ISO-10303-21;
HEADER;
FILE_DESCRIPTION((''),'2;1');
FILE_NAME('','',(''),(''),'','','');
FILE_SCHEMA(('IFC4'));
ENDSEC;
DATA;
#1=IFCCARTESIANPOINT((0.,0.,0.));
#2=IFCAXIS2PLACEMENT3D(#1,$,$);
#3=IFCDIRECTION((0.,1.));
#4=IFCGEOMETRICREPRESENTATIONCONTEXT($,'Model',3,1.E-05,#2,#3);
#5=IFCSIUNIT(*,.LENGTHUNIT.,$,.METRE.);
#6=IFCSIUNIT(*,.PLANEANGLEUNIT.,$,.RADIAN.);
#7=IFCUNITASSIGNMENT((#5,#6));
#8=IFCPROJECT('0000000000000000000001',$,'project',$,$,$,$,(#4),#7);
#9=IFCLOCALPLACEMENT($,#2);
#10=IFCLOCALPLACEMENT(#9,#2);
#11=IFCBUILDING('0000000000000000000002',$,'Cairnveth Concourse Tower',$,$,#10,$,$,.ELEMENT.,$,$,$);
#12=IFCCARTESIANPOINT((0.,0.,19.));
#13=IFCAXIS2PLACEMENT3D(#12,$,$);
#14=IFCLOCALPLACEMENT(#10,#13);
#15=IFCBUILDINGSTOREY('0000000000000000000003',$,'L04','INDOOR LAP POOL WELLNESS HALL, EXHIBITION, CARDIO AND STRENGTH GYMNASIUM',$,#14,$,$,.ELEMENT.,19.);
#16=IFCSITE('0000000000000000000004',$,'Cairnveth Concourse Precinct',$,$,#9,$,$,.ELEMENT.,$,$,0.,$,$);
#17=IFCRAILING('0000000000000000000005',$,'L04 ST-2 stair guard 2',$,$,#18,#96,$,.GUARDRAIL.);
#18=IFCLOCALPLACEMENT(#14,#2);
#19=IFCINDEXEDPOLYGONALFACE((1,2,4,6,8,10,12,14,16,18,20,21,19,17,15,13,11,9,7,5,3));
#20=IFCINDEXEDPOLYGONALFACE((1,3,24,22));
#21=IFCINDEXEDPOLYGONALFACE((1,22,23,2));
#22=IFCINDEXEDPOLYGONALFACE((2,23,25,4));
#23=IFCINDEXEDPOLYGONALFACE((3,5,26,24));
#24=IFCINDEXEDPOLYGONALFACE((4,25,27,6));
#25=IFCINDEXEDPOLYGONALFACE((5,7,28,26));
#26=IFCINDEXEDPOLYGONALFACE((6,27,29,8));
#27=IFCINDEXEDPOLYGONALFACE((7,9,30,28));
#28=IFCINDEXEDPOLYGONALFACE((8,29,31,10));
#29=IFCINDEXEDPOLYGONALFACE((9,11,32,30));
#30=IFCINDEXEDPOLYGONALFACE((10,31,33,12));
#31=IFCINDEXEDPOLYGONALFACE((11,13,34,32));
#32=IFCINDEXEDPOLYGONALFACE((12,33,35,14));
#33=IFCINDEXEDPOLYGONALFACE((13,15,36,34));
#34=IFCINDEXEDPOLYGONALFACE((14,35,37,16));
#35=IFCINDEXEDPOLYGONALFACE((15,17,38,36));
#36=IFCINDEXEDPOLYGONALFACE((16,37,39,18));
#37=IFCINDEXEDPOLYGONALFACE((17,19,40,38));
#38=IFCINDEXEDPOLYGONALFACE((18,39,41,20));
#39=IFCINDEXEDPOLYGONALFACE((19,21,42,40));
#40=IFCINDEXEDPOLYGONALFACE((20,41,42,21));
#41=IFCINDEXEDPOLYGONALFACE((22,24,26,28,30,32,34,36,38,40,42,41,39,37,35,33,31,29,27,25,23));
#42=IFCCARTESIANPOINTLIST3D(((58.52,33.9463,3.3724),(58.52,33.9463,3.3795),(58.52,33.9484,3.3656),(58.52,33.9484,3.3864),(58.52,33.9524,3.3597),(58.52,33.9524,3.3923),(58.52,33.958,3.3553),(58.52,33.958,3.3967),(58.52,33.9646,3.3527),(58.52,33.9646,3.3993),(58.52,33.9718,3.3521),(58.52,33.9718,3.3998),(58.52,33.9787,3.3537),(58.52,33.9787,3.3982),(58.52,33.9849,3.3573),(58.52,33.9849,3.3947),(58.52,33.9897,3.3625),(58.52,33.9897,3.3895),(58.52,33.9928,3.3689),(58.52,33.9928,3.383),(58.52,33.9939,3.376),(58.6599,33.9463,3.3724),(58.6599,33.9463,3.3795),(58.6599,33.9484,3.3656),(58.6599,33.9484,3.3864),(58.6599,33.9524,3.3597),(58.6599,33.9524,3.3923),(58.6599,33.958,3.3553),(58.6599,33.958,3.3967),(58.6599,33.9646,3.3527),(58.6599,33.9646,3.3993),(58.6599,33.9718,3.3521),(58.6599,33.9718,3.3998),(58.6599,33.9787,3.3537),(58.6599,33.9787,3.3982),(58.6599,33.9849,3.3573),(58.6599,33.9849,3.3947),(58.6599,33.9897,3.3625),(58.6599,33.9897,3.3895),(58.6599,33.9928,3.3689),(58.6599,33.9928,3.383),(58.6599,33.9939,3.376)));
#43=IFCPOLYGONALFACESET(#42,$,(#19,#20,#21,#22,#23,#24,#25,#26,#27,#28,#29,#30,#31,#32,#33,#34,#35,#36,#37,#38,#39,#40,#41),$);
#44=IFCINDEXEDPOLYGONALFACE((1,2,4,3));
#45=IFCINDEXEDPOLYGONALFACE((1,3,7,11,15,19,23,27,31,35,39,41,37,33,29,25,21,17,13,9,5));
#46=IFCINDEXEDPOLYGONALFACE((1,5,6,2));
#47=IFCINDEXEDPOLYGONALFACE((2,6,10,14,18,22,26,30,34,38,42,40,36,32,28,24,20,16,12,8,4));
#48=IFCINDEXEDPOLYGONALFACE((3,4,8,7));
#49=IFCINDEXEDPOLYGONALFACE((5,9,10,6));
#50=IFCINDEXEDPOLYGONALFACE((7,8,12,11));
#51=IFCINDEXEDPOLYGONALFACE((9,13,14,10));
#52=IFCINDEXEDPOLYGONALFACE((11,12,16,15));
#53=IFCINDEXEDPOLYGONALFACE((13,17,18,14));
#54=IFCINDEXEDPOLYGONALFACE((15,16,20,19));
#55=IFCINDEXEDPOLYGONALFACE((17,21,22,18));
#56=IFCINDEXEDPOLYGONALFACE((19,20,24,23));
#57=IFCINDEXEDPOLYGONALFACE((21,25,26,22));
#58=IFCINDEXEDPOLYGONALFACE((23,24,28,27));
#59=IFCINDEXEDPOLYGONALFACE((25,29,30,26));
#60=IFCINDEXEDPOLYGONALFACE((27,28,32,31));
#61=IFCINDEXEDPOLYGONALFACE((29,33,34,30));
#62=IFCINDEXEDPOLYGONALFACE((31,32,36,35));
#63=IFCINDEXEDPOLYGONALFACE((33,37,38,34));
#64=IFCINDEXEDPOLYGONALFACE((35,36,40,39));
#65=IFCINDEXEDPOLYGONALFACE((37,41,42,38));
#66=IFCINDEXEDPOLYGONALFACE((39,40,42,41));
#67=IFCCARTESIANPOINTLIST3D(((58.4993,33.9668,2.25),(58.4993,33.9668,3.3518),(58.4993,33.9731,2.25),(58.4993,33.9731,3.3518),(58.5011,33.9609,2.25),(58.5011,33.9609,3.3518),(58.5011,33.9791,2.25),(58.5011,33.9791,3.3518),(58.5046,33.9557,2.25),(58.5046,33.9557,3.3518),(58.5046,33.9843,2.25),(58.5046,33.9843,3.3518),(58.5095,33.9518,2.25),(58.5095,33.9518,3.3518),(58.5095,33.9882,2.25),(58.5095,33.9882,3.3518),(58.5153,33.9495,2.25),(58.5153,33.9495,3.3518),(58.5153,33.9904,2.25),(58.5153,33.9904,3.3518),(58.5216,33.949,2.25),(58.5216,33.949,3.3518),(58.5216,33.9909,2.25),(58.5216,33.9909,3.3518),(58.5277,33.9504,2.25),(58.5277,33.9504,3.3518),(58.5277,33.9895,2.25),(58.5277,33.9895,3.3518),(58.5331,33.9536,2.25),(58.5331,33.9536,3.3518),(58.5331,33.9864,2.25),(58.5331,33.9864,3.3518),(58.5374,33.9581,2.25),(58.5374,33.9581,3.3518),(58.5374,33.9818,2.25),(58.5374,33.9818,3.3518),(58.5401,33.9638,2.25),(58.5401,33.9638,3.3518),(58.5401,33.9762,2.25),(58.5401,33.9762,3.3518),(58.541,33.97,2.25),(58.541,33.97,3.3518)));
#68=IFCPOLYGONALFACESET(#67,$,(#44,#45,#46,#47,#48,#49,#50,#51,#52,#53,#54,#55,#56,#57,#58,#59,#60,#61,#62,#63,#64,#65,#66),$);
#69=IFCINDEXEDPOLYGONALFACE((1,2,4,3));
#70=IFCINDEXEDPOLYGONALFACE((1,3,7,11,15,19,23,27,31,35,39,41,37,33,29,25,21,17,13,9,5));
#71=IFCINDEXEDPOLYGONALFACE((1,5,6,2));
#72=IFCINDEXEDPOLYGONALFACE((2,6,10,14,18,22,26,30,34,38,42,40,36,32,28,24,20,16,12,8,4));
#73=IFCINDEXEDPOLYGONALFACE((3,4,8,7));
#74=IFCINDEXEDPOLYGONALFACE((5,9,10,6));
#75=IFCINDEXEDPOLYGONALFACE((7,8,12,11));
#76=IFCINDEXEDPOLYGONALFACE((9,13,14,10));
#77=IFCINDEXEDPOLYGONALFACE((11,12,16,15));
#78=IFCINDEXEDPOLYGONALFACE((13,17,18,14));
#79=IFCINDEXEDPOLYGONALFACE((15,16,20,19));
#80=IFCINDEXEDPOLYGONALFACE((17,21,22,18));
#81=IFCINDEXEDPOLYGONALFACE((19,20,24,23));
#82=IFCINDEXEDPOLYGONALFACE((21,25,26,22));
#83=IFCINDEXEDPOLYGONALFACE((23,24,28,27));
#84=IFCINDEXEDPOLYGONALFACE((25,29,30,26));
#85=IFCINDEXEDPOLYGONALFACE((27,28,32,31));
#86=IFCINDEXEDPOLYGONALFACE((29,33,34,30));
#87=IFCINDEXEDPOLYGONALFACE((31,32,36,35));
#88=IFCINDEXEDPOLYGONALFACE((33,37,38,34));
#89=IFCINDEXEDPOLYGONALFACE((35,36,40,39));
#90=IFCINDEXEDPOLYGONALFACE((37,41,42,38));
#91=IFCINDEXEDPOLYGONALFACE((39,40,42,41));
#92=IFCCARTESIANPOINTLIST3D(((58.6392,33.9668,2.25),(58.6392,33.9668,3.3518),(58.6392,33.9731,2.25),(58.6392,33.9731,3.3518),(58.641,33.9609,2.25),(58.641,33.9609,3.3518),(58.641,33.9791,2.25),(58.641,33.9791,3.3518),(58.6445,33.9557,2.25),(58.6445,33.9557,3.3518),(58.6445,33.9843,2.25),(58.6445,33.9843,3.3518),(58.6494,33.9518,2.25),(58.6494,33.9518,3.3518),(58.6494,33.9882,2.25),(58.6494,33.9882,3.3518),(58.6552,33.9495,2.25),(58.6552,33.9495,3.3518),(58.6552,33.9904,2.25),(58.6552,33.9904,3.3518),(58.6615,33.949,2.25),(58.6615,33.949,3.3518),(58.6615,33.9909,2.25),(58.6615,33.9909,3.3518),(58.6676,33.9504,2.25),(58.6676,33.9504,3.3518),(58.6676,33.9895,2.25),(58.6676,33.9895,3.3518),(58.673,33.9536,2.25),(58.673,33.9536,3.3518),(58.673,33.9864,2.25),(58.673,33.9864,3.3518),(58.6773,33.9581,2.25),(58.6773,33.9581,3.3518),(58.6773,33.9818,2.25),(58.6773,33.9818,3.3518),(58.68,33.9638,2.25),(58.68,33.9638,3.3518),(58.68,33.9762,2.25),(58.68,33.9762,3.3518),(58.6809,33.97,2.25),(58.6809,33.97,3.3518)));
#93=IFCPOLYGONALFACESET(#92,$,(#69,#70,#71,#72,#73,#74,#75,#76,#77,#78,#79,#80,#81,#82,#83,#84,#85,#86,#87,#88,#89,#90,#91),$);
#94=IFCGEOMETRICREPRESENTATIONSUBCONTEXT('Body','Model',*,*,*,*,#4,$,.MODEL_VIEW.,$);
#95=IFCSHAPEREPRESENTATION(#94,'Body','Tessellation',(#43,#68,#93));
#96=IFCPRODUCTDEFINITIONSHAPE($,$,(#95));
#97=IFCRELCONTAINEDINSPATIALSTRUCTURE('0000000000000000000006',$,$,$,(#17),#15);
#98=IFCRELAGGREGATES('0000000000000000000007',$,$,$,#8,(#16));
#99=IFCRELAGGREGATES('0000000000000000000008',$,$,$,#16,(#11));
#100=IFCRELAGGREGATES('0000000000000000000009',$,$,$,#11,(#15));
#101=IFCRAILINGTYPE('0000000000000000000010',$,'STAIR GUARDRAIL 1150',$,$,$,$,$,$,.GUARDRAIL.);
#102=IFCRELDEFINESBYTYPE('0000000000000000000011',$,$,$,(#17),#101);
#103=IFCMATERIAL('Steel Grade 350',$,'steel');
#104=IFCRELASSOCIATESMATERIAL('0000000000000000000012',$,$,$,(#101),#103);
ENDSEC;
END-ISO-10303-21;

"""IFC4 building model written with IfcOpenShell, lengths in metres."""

from ifc_helpers import new_model, si_unit, direction, frame, origin, origin_2d, place, context, subcontext, project, spatial, circle, extrude, material, type_object, element, save


model = new_model("IFC4")

# Units and contexts
model_context = context("Model", 3, precision=1e-05, world=origin(), true_north=direction((0.0, 1.0)))
body_context = subcontext(model_context, "Body", "Model", "MODEL_VIEW")
ifc_project = project(units=[si_unit("LENGTHUNIT", "METRE"), si_unit("PLANEANGLEUNIT", "RADIAN")], contexts=[model_context])

# Site, building, storey
site_placement = place(None, origin())
site = spatial("IfcSite", under=ifc_project, at=site_placement, Name="Cairnveth Concourse Precinct", CompositionType="ELEMENT", RefElevation=0.0)
building_placement = place(site_placement, origin())
building = spatial("IfcBuilding", under=site, at=building_placement, Name="Cairnveth Concourse Tower", CompositionType="ELEMENT")
storey_placement = place(building_placement, frame((0.0, 0.0, 19.0)))
storey = spatial("IfcBuildingStorey", under=building, at=storey_placement, Name="L04", Description="INDOOR LAP POOL WELLNESS HALL, EXHIBITION, CARDIO AND STRENGTH GYMNASIUM", CompositionType="ELEMENT", Elevation=19.0)

# Shared definitions
ifc_material_1 = material(Name="Steel Grade 350", Category="steel")

# Railing
railing_type_1 = type_object("IfcRailingType", Name="STAIR GUARDRAIL 1150", PredefinedType="GUARDRAIL", material=ifc_material_1)
railing_1_placement = place(storey_placement, frame((58.52, 33.97, 2.25)))
element("IfcRailing", 1, at=railing_1_placement, inside=storey, type_object=railing_type_1, Name="L04 ST-2 stair guard 2", PredefinedType="GUARDRAIL", context=body_context, shape_type="SweptSolid", body=[
    extrude(circle(Radius=0.0239, at=origin_2d()), frame((0.0, 0.0, 1.126), z_axis=(1.0, 0.0, 0.0), x_axis=(0.0, 1.0, 0.0)), (0.0, 0.0, 1.0), 0.1399),
    extrude(circle(Radius=0.021, at=origin_2d()), origin(), (0.0, 0.0, 1.0), 1.1018),
    extrude(circle(Radius=0.021, at=origin_2d()), frame((0.1399, 0.0, 0.0)), (0.0, 0.0, 1.0), 1.1018),
])

save(model, "model.ifc")
